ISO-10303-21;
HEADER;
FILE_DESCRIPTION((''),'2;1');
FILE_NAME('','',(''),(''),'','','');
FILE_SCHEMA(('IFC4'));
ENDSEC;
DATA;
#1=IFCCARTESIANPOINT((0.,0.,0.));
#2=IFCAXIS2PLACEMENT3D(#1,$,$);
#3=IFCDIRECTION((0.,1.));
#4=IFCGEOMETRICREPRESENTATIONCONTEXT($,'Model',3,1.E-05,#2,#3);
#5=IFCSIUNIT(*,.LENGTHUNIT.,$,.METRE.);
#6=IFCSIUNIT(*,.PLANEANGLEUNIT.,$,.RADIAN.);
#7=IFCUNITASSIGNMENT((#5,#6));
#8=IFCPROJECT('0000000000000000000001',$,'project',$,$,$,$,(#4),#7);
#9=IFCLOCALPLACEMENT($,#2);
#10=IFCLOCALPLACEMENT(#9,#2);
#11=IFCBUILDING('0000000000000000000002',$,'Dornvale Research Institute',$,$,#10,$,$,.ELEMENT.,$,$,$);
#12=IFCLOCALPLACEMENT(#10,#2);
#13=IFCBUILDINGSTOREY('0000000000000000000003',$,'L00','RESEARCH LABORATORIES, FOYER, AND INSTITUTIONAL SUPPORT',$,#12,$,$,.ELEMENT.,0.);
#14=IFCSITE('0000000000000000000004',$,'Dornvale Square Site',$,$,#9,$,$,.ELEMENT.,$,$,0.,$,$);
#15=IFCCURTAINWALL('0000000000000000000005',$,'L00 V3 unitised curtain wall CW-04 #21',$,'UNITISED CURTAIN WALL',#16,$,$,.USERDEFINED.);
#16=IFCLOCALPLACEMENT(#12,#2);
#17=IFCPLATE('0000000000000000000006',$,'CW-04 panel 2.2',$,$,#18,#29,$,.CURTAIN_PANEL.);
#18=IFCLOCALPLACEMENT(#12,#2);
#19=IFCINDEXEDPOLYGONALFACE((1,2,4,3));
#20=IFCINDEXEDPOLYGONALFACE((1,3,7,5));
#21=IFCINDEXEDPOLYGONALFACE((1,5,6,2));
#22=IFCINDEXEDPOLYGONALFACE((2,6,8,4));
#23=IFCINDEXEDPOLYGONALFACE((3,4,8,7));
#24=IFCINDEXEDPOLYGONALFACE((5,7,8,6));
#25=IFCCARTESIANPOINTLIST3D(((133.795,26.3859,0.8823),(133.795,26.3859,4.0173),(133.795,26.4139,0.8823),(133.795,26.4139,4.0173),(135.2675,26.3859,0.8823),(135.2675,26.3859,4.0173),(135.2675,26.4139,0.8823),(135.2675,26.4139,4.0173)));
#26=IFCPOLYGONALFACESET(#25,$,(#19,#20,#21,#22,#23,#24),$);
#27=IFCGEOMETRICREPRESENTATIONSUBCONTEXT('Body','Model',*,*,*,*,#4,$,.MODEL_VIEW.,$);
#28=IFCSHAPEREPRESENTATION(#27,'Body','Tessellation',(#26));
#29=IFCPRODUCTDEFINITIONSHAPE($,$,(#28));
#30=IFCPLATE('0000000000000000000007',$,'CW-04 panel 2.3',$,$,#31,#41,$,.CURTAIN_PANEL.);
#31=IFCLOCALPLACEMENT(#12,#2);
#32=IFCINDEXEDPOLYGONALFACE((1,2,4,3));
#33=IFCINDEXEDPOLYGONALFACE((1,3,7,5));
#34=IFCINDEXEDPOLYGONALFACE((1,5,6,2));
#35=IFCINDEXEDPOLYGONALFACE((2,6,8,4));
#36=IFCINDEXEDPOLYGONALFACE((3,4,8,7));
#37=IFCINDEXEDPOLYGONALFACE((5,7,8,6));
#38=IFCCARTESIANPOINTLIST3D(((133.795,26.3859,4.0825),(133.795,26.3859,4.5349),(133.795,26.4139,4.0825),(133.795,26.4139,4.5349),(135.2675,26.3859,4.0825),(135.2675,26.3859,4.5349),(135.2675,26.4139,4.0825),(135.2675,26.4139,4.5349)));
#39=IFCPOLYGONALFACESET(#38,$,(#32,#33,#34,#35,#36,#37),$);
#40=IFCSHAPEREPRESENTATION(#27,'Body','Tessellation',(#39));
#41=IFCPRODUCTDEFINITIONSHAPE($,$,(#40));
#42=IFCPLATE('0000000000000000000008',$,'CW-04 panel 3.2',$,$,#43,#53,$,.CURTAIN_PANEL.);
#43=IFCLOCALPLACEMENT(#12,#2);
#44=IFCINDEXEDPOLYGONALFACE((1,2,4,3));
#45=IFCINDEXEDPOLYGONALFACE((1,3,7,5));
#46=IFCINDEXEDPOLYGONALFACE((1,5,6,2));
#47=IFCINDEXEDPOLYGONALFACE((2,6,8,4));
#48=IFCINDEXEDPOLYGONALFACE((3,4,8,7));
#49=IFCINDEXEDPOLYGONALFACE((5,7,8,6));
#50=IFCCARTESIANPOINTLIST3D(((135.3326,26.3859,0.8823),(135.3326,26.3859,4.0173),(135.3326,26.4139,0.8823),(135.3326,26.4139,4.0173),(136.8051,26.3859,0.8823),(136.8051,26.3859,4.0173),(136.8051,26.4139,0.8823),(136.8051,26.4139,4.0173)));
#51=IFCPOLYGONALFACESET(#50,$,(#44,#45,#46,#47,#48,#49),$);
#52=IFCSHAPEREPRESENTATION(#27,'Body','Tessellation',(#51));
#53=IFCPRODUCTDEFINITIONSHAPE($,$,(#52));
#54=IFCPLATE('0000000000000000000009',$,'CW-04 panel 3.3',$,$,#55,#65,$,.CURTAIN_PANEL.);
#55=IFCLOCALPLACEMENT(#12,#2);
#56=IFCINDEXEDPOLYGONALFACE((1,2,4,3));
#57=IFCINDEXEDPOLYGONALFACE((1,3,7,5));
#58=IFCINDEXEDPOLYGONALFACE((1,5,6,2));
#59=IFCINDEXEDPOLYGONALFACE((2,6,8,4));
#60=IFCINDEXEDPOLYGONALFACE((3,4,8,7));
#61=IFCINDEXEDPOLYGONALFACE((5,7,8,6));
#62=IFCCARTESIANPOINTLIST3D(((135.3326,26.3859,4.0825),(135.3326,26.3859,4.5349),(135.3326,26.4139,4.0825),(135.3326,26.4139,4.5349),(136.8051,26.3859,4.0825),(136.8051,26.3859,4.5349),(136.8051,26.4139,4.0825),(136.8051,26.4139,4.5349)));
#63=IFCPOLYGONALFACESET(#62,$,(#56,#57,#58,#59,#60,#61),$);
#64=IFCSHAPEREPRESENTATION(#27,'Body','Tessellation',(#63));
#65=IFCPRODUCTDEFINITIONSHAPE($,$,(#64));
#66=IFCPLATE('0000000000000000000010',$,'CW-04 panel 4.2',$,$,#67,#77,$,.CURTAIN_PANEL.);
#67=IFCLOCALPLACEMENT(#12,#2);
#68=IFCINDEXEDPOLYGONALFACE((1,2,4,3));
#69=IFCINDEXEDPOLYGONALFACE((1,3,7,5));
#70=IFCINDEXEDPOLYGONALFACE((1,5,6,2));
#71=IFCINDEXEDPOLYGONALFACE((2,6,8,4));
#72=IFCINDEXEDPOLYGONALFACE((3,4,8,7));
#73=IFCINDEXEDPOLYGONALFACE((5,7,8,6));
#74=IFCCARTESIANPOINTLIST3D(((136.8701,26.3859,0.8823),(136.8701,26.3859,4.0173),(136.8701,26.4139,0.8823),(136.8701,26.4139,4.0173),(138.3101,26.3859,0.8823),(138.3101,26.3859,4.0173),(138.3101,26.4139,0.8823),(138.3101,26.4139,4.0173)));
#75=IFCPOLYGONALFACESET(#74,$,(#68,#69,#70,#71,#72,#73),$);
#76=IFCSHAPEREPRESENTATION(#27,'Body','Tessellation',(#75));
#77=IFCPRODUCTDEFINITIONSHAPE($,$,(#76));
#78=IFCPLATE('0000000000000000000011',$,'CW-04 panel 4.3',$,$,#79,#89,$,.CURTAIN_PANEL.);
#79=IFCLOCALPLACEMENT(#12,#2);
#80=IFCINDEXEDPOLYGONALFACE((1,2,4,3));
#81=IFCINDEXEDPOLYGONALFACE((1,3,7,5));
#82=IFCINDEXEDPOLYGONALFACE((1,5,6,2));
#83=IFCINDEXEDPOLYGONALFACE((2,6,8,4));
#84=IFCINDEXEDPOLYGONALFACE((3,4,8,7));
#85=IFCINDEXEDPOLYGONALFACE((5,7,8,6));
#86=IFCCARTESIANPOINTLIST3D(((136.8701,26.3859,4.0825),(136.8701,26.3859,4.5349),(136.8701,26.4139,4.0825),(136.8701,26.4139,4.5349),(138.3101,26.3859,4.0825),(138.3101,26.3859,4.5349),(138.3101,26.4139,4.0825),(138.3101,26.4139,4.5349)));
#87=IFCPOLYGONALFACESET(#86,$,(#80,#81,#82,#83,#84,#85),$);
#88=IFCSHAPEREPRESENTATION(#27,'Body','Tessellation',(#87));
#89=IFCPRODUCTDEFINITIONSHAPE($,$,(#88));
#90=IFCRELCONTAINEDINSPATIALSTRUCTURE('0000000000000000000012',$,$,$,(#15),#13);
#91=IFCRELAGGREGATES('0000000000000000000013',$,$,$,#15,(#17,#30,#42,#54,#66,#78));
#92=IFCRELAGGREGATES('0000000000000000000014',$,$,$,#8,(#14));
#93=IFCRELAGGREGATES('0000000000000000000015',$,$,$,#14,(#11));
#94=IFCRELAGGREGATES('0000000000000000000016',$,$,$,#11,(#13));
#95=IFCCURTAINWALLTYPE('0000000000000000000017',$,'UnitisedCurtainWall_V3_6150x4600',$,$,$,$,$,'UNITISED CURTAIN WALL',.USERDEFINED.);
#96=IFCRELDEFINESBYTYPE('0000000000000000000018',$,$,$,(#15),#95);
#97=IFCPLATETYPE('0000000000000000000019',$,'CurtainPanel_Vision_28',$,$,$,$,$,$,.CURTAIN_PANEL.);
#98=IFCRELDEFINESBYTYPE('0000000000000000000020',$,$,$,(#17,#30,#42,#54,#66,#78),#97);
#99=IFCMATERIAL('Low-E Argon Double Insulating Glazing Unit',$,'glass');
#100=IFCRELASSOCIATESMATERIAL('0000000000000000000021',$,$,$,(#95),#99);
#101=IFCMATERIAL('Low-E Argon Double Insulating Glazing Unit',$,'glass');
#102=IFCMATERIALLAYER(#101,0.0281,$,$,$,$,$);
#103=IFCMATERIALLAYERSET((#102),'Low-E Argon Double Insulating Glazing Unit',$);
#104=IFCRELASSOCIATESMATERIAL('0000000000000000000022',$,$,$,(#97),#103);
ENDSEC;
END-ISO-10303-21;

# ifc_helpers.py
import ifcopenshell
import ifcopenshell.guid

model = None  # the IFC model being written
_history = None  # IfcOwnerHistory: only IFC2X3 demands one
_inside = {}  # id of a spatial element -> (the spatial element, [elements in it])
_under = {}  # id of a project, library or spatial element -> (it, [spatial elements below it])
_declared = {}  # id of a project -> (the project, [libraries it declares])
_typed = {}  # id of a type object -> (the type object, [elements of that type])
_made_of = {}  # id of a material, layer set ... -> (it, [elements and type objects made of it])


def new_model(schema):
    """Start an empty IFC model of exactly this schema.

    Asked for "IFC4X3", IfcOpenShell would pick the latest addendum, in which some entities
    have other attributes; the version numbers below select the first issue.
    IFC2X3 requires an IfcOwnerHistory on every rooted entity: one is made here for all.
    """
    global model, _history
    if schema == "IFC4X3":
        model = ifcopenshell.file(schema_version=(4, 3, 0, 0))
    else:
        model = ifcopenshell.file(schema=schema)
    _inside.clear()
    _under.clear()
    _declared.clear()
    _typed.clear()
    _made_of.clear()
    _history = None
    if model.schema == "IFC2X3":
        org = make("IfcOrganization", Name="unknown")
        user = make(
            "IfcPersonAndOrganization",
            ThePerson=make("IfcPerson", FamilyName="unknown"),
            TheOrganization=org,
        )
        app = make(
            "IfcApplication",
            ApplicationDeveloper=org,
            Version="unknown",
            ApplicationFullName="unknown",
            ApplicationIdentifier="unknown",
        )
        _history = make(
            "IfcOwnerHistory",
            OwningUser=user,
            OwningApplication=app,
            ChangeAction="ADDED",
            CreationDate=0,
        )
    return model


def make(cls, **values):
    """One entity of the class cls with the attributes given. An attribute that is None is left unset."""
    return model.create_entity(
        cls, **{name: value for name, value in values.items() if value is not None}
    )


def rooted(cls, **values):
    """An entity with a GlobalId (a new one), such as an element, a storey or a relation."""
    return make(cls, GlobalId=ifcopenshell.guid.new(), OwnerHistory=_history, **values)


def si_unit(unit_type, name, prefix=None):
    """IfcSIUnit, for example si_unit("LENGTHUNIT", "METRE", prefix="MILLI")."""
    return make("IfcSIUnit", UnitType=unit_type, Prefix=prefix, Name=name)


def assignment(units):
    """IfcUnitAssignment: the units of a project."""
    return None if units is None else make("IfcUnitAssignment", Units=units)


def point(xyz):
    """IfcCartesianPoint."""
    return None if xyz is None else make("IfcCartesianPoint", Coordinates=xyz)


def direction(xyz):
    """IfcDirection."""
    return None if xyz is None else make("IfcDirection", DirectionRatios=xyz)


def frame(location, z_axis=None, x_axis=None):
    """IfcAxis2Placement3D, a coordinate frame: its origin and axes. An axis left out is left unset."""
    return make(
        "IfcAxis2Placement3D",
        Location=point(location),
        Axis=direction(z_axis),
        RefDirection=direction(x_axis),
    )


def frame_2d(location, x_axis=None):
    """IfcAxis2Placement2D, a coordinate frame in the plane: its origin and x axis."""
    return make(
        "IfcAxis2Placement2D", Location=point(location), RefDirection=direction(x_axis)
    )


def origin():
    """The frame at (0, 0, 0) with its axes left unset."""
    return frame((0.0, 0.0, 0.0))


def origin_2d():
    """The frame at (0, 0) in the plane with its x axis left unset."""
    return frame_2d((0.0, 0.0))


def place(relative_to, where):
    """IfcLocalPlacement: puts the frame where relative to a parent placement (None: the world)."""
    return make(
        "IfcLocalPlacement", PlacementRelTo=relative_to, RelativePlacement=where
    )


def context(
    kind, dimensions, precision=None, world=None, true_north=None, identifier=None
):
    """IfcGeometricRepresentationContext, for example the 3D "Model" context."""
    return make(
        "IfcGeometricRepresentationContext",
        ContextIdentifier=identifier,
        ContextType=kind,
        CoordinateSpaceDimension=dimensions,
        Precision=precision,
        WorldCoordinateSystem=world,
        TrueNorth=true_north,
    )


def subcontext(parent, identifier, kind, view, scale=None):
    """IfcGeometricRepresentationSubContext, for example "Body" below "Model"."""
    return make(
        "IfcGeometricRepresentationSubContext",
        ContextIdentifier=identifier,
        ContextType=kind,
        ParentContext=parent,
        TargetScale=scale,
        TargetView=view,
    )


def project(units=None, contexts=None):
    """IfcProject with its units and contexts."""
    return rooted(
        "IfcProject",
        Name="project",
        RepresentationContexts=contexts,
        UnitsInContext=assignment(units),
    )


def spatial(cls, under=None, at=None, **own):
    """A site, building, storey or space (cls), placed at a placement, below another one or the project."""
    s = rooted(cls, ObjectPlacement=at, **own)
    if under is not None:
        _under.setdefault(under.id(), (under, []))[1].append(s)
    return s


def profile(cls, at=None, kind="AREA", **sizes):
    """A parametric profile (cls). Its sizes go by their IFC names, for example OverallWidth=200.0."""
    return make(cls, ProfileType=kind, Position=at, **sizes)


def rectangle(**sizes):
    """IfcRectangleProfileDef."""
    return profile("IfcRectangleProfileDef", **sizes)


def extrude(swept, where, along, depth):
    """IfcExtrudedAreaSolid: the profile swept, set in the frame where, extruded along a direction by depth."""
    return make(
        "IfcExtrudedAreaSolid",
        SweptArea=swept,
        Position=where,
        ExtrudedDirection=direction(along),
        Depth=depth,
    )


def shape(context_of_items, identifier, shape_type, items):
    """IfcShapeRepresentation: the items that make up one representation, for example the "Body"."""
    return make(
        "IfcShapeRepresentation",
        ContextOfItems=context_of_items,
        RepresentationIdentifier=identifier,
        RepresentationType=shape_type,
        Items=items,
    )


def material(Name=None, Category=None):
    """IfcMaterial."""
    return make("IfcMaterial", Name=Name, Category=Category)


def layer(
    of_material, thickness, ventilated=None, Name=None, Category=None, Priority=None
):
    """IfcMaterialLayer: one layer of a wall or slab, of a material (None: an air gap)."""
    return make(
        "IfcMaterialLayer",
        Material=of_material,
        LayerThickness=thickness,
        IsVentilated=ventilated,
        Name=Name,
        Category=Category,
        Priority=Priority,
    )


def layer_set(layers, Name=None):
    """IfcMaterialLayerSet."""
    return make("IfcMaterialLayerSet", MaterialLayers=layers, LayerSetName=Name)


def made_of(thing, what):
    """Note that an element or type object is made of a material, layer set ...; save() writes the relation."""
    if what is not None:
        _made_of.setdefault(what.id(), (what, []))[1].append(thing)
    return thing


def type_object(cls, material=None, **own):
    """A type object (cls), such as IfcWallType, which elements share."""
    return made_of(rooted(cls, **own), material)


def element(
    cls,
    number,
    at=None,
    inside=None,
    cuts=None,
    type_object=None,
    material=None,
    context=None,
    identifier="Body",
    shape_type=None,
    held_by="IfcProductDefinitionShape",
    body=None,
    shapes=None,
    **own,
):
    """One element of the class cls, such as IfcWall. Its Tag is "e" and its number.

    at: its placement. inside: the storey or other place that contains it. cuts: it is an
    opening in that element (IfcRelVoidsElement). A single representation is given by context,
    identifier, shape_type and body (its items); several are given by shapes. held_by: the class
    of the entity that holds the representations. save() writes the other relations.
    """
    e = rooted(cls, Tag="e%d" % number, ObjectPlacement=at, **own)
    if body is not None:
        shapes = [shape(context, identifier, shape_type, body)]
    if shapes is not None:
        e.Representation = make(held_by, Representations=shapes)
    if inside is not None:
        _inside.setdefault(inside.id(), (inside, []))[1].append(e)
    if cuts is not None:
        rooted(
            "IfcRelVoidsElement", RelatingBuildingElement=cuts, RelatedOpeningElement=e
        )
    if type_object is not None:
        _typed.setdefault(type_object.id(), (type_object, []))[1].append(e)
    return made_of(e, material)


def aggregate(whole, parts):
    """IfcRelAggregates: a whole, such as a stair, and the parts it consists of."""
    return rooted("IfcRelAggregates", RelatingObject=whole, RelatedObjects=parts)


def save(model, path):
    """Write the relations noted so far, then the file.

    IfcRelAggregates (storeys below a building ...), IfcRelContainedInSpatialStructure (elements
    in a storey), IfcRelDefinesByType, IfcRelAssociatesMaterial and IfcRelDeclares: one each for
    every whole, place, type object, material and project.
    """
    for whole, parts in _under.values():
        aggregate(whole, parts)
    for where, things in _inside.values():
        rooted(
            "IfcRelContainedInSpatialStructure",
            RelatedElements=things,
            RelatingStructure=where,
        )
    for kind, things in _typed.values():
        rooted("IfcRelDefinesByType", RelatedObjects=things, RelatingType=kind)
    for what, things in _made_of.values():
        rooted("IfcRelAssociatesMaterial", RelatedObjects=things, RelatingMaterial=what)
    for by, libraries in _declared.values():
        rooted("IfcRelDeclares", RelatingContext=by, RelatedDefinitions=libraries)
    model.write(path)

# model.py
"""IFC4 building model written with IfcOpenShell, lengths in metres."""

from ifc_helpers import new_model, si_unit, direction, frame, origin, origin_2d, place, context, subcontext, project, spatial, rectangle, extrude, material, layer, layer_set, type_object, element, aggregate, save


model = new_model("IFC4")

# Units and contexts
model_context = context("Model", 3, precision=1e-05, world=origin(), true_north=direction((0.0, 1.0)))
body_context = subcontext(model_context, "Body", "Model", "MODEL_VIEW")
ifc_project = project(units=[si_unit("LENGTHUNIT", "METRE"), si_unit("PLANEANGLEUNIT", "RADIAN")], contexts=[model_context])

# Site, building, storey
site_placement = place(None, origin())
site = spatial("IfcSite", under=ifc_project, at=site_placement, Name="Dornvale Square Site", CompositionType="ELEMENT", RefElevation=0.0)
building_placement = place(site_placement, origin())
building = spatial("IfcBuilding", under=site, at=building_placement, Name="Dornvale Research Institute", CompositionType="ELEMENT")
storey_placement = place(building_placement, origin())
storey = spatial("IfcBuildingStorey", under=building, at=storey_placement, Name="L00", Description="RESEARCH LABORATORIES, FOYER, AND INSTITUTIONAL SUPPORT", CompositionType="ELEMENT", Elevation=0.0)

# Curtain wall, plates
ifc_material_1 = material(Name="Low-E Argon Double Insulating Glazing Unit", Category="glass")
curtain_wall_type = type_object("IfcCurtainWallType", Name="UnitisedCurtainWall_V3_6150x4600", ElementType="UNITISED CURTAIN WALL", PredefinedType="USERDEFINED", material=ifc_material_1)
curtain_wall_placement = place(storey_placement, origin())
curtain_wall = element("IfcCurtainWall", 1, at=curtain_wall_placement, inside=storey, type_object=curtain_wall_type, Name="L00 V3 unitised curtain wall CW-04 #21", ObjectType="UNITISED CURTAIN WALL", PredefinedType="USERDEFINED")
ifc_material_2 = material(Name="Low-E Argon Double Insulating Glazing Unit", Category="glass")
ifc_layer_1 = layer(ifc_material_2, 0.0281)
ifc_layer_set_1 = layer_set([ifc_layer_1], Name="Low-E Argon Double Insulating Glazing Unit")
plate_type_1 = type_object("IfcPlateType", Name="CurtainPanel_Vision_28", PredefinedType="CURTAIN_PANEL", material=ifc_layer_set_1)
plate_1_placement = place(storey_placement, frame((134.5312, 26.3999, 0.8823), z_axis=(0.0, 0.0, 1.0), x_axis=(1.0, 0.0, 0.0)))
plate_1 = element("IfcPlate", 2, at=plate_1_placement, type_object=plate_type_1, Name="CW-04 panel 2.2", PredefinedType="CURTAIN_PANEL", context=body_context, shape_type="SweptSolid", body=[
    extrude(rectangle(XDim=1.4724, YDim=0.0281, at=origin_2d()), origin(), (0.0, 0.0, 1.0), 3.135),
])
plate_2_placement = place(storey_placement, frame((134.5312, 26.3999, 4.0825), z_axis=(0.0, 0.0, 1.0), x_axis=(1.0, 0.0, 0.0)))
plate_2 = element("IfcPlate", 3, at=plate_2_placement, type_object=plate_type_1, Name="CW-04 panel 2.3", PredefinedType="CURTAIN_PANEL", context=body_context, shape_type="SweptSolid", body=[
    extrude(rectangle(XDim=1.4724, YDim=0.0281, at=origin_2d()), origin(), (0.0, 0.0, 1.0), 0.4524),
])
plate_3_placement = place(storey_placement, frame((136.0688, 26.3999, 0.8823), z_axis=(0.0, 0.0, 1.0), x_axis=(1.0, 0.0, 0.0)))
plate_3 = element("IfcPlate", 4, at=plate_3_placement, type_object=plate_type_1, Name="CW-04 panel 3.2", PredefinedType="CURTAIN_PANEL", context=body_context, shape_type="SweptSolid", body=[
    extrude(rectangle(XDim=1.4724, YDim=0.0281, at=origin_2d()), origin(), (0.0, 0.0, 1.0), 3.135),
])
plate_4_placement = place(storey_placement, frame((136.0688, 26.3999, 4.0825), z_axis=(0.0, 0.0, 1.0), x_axis=(1.0, 0.0, 0.0)))
plate_4 = element("IfcPlate", 5, at=plate_4_placement, type_object=plate_type_1, Name="CW-04 panel 3.3", PredefinedType="CURTAIN_PANEL", context=body_context, shape_type="SweptSolid", body=[
    extrude(rectangle(XDim=1.4724, YDim=0.0281, at=origin_2d()), origin(), (0.0, 0.0, 1.0), 0.4524),
])
plate_5_placement = place(storey_placement, frame((137.5901, 26.3999, 0.8823), z_axis=(0.0, 0.0, 1.0), x_axis=(1.0, 0.0, 0.0)))
plate_5 = element("IfcPlate", 6, at=plate_5_placement, type_object=plate_type_1, Name="CW-04 panel 4.2", PredefinedType="CURTAIN_PANEL", context=body_context, shape_type="SweptSolid", body=[
    extrude(rectangle(XDim=1.4399, YDim=0.0281, at=origin_2d()), origin(), (0.0, 0.0, 1.0), 3.135),
])
plate_6_placement = place(storey_placement, frame((137.5901, 26.3999, 4.0825), z_axis=(0.0, 0.0, 1.0), x_axis=(1.0, 0.0, 0.0)))
plate_6 = element("IfcPlate", 7, at=plate_6_placement, type_object=plate_type_1, Name="CW-04 panel 4.3", PredefinedType="CURTAIN_PANEL", context=body_context, shape_type="SweptSolid", body=[
    extrude(rectangle(XDim=1.4399, YDim=0.0281, at=origin_2d()), origin(), (0.0, 0.0, 1.0), 0.4524),
])
aggregate(curtain_wall, [plate_1, plate_2, plate_3, plate_4, plate_5, plate_6])

save(model, "model.ifc")
